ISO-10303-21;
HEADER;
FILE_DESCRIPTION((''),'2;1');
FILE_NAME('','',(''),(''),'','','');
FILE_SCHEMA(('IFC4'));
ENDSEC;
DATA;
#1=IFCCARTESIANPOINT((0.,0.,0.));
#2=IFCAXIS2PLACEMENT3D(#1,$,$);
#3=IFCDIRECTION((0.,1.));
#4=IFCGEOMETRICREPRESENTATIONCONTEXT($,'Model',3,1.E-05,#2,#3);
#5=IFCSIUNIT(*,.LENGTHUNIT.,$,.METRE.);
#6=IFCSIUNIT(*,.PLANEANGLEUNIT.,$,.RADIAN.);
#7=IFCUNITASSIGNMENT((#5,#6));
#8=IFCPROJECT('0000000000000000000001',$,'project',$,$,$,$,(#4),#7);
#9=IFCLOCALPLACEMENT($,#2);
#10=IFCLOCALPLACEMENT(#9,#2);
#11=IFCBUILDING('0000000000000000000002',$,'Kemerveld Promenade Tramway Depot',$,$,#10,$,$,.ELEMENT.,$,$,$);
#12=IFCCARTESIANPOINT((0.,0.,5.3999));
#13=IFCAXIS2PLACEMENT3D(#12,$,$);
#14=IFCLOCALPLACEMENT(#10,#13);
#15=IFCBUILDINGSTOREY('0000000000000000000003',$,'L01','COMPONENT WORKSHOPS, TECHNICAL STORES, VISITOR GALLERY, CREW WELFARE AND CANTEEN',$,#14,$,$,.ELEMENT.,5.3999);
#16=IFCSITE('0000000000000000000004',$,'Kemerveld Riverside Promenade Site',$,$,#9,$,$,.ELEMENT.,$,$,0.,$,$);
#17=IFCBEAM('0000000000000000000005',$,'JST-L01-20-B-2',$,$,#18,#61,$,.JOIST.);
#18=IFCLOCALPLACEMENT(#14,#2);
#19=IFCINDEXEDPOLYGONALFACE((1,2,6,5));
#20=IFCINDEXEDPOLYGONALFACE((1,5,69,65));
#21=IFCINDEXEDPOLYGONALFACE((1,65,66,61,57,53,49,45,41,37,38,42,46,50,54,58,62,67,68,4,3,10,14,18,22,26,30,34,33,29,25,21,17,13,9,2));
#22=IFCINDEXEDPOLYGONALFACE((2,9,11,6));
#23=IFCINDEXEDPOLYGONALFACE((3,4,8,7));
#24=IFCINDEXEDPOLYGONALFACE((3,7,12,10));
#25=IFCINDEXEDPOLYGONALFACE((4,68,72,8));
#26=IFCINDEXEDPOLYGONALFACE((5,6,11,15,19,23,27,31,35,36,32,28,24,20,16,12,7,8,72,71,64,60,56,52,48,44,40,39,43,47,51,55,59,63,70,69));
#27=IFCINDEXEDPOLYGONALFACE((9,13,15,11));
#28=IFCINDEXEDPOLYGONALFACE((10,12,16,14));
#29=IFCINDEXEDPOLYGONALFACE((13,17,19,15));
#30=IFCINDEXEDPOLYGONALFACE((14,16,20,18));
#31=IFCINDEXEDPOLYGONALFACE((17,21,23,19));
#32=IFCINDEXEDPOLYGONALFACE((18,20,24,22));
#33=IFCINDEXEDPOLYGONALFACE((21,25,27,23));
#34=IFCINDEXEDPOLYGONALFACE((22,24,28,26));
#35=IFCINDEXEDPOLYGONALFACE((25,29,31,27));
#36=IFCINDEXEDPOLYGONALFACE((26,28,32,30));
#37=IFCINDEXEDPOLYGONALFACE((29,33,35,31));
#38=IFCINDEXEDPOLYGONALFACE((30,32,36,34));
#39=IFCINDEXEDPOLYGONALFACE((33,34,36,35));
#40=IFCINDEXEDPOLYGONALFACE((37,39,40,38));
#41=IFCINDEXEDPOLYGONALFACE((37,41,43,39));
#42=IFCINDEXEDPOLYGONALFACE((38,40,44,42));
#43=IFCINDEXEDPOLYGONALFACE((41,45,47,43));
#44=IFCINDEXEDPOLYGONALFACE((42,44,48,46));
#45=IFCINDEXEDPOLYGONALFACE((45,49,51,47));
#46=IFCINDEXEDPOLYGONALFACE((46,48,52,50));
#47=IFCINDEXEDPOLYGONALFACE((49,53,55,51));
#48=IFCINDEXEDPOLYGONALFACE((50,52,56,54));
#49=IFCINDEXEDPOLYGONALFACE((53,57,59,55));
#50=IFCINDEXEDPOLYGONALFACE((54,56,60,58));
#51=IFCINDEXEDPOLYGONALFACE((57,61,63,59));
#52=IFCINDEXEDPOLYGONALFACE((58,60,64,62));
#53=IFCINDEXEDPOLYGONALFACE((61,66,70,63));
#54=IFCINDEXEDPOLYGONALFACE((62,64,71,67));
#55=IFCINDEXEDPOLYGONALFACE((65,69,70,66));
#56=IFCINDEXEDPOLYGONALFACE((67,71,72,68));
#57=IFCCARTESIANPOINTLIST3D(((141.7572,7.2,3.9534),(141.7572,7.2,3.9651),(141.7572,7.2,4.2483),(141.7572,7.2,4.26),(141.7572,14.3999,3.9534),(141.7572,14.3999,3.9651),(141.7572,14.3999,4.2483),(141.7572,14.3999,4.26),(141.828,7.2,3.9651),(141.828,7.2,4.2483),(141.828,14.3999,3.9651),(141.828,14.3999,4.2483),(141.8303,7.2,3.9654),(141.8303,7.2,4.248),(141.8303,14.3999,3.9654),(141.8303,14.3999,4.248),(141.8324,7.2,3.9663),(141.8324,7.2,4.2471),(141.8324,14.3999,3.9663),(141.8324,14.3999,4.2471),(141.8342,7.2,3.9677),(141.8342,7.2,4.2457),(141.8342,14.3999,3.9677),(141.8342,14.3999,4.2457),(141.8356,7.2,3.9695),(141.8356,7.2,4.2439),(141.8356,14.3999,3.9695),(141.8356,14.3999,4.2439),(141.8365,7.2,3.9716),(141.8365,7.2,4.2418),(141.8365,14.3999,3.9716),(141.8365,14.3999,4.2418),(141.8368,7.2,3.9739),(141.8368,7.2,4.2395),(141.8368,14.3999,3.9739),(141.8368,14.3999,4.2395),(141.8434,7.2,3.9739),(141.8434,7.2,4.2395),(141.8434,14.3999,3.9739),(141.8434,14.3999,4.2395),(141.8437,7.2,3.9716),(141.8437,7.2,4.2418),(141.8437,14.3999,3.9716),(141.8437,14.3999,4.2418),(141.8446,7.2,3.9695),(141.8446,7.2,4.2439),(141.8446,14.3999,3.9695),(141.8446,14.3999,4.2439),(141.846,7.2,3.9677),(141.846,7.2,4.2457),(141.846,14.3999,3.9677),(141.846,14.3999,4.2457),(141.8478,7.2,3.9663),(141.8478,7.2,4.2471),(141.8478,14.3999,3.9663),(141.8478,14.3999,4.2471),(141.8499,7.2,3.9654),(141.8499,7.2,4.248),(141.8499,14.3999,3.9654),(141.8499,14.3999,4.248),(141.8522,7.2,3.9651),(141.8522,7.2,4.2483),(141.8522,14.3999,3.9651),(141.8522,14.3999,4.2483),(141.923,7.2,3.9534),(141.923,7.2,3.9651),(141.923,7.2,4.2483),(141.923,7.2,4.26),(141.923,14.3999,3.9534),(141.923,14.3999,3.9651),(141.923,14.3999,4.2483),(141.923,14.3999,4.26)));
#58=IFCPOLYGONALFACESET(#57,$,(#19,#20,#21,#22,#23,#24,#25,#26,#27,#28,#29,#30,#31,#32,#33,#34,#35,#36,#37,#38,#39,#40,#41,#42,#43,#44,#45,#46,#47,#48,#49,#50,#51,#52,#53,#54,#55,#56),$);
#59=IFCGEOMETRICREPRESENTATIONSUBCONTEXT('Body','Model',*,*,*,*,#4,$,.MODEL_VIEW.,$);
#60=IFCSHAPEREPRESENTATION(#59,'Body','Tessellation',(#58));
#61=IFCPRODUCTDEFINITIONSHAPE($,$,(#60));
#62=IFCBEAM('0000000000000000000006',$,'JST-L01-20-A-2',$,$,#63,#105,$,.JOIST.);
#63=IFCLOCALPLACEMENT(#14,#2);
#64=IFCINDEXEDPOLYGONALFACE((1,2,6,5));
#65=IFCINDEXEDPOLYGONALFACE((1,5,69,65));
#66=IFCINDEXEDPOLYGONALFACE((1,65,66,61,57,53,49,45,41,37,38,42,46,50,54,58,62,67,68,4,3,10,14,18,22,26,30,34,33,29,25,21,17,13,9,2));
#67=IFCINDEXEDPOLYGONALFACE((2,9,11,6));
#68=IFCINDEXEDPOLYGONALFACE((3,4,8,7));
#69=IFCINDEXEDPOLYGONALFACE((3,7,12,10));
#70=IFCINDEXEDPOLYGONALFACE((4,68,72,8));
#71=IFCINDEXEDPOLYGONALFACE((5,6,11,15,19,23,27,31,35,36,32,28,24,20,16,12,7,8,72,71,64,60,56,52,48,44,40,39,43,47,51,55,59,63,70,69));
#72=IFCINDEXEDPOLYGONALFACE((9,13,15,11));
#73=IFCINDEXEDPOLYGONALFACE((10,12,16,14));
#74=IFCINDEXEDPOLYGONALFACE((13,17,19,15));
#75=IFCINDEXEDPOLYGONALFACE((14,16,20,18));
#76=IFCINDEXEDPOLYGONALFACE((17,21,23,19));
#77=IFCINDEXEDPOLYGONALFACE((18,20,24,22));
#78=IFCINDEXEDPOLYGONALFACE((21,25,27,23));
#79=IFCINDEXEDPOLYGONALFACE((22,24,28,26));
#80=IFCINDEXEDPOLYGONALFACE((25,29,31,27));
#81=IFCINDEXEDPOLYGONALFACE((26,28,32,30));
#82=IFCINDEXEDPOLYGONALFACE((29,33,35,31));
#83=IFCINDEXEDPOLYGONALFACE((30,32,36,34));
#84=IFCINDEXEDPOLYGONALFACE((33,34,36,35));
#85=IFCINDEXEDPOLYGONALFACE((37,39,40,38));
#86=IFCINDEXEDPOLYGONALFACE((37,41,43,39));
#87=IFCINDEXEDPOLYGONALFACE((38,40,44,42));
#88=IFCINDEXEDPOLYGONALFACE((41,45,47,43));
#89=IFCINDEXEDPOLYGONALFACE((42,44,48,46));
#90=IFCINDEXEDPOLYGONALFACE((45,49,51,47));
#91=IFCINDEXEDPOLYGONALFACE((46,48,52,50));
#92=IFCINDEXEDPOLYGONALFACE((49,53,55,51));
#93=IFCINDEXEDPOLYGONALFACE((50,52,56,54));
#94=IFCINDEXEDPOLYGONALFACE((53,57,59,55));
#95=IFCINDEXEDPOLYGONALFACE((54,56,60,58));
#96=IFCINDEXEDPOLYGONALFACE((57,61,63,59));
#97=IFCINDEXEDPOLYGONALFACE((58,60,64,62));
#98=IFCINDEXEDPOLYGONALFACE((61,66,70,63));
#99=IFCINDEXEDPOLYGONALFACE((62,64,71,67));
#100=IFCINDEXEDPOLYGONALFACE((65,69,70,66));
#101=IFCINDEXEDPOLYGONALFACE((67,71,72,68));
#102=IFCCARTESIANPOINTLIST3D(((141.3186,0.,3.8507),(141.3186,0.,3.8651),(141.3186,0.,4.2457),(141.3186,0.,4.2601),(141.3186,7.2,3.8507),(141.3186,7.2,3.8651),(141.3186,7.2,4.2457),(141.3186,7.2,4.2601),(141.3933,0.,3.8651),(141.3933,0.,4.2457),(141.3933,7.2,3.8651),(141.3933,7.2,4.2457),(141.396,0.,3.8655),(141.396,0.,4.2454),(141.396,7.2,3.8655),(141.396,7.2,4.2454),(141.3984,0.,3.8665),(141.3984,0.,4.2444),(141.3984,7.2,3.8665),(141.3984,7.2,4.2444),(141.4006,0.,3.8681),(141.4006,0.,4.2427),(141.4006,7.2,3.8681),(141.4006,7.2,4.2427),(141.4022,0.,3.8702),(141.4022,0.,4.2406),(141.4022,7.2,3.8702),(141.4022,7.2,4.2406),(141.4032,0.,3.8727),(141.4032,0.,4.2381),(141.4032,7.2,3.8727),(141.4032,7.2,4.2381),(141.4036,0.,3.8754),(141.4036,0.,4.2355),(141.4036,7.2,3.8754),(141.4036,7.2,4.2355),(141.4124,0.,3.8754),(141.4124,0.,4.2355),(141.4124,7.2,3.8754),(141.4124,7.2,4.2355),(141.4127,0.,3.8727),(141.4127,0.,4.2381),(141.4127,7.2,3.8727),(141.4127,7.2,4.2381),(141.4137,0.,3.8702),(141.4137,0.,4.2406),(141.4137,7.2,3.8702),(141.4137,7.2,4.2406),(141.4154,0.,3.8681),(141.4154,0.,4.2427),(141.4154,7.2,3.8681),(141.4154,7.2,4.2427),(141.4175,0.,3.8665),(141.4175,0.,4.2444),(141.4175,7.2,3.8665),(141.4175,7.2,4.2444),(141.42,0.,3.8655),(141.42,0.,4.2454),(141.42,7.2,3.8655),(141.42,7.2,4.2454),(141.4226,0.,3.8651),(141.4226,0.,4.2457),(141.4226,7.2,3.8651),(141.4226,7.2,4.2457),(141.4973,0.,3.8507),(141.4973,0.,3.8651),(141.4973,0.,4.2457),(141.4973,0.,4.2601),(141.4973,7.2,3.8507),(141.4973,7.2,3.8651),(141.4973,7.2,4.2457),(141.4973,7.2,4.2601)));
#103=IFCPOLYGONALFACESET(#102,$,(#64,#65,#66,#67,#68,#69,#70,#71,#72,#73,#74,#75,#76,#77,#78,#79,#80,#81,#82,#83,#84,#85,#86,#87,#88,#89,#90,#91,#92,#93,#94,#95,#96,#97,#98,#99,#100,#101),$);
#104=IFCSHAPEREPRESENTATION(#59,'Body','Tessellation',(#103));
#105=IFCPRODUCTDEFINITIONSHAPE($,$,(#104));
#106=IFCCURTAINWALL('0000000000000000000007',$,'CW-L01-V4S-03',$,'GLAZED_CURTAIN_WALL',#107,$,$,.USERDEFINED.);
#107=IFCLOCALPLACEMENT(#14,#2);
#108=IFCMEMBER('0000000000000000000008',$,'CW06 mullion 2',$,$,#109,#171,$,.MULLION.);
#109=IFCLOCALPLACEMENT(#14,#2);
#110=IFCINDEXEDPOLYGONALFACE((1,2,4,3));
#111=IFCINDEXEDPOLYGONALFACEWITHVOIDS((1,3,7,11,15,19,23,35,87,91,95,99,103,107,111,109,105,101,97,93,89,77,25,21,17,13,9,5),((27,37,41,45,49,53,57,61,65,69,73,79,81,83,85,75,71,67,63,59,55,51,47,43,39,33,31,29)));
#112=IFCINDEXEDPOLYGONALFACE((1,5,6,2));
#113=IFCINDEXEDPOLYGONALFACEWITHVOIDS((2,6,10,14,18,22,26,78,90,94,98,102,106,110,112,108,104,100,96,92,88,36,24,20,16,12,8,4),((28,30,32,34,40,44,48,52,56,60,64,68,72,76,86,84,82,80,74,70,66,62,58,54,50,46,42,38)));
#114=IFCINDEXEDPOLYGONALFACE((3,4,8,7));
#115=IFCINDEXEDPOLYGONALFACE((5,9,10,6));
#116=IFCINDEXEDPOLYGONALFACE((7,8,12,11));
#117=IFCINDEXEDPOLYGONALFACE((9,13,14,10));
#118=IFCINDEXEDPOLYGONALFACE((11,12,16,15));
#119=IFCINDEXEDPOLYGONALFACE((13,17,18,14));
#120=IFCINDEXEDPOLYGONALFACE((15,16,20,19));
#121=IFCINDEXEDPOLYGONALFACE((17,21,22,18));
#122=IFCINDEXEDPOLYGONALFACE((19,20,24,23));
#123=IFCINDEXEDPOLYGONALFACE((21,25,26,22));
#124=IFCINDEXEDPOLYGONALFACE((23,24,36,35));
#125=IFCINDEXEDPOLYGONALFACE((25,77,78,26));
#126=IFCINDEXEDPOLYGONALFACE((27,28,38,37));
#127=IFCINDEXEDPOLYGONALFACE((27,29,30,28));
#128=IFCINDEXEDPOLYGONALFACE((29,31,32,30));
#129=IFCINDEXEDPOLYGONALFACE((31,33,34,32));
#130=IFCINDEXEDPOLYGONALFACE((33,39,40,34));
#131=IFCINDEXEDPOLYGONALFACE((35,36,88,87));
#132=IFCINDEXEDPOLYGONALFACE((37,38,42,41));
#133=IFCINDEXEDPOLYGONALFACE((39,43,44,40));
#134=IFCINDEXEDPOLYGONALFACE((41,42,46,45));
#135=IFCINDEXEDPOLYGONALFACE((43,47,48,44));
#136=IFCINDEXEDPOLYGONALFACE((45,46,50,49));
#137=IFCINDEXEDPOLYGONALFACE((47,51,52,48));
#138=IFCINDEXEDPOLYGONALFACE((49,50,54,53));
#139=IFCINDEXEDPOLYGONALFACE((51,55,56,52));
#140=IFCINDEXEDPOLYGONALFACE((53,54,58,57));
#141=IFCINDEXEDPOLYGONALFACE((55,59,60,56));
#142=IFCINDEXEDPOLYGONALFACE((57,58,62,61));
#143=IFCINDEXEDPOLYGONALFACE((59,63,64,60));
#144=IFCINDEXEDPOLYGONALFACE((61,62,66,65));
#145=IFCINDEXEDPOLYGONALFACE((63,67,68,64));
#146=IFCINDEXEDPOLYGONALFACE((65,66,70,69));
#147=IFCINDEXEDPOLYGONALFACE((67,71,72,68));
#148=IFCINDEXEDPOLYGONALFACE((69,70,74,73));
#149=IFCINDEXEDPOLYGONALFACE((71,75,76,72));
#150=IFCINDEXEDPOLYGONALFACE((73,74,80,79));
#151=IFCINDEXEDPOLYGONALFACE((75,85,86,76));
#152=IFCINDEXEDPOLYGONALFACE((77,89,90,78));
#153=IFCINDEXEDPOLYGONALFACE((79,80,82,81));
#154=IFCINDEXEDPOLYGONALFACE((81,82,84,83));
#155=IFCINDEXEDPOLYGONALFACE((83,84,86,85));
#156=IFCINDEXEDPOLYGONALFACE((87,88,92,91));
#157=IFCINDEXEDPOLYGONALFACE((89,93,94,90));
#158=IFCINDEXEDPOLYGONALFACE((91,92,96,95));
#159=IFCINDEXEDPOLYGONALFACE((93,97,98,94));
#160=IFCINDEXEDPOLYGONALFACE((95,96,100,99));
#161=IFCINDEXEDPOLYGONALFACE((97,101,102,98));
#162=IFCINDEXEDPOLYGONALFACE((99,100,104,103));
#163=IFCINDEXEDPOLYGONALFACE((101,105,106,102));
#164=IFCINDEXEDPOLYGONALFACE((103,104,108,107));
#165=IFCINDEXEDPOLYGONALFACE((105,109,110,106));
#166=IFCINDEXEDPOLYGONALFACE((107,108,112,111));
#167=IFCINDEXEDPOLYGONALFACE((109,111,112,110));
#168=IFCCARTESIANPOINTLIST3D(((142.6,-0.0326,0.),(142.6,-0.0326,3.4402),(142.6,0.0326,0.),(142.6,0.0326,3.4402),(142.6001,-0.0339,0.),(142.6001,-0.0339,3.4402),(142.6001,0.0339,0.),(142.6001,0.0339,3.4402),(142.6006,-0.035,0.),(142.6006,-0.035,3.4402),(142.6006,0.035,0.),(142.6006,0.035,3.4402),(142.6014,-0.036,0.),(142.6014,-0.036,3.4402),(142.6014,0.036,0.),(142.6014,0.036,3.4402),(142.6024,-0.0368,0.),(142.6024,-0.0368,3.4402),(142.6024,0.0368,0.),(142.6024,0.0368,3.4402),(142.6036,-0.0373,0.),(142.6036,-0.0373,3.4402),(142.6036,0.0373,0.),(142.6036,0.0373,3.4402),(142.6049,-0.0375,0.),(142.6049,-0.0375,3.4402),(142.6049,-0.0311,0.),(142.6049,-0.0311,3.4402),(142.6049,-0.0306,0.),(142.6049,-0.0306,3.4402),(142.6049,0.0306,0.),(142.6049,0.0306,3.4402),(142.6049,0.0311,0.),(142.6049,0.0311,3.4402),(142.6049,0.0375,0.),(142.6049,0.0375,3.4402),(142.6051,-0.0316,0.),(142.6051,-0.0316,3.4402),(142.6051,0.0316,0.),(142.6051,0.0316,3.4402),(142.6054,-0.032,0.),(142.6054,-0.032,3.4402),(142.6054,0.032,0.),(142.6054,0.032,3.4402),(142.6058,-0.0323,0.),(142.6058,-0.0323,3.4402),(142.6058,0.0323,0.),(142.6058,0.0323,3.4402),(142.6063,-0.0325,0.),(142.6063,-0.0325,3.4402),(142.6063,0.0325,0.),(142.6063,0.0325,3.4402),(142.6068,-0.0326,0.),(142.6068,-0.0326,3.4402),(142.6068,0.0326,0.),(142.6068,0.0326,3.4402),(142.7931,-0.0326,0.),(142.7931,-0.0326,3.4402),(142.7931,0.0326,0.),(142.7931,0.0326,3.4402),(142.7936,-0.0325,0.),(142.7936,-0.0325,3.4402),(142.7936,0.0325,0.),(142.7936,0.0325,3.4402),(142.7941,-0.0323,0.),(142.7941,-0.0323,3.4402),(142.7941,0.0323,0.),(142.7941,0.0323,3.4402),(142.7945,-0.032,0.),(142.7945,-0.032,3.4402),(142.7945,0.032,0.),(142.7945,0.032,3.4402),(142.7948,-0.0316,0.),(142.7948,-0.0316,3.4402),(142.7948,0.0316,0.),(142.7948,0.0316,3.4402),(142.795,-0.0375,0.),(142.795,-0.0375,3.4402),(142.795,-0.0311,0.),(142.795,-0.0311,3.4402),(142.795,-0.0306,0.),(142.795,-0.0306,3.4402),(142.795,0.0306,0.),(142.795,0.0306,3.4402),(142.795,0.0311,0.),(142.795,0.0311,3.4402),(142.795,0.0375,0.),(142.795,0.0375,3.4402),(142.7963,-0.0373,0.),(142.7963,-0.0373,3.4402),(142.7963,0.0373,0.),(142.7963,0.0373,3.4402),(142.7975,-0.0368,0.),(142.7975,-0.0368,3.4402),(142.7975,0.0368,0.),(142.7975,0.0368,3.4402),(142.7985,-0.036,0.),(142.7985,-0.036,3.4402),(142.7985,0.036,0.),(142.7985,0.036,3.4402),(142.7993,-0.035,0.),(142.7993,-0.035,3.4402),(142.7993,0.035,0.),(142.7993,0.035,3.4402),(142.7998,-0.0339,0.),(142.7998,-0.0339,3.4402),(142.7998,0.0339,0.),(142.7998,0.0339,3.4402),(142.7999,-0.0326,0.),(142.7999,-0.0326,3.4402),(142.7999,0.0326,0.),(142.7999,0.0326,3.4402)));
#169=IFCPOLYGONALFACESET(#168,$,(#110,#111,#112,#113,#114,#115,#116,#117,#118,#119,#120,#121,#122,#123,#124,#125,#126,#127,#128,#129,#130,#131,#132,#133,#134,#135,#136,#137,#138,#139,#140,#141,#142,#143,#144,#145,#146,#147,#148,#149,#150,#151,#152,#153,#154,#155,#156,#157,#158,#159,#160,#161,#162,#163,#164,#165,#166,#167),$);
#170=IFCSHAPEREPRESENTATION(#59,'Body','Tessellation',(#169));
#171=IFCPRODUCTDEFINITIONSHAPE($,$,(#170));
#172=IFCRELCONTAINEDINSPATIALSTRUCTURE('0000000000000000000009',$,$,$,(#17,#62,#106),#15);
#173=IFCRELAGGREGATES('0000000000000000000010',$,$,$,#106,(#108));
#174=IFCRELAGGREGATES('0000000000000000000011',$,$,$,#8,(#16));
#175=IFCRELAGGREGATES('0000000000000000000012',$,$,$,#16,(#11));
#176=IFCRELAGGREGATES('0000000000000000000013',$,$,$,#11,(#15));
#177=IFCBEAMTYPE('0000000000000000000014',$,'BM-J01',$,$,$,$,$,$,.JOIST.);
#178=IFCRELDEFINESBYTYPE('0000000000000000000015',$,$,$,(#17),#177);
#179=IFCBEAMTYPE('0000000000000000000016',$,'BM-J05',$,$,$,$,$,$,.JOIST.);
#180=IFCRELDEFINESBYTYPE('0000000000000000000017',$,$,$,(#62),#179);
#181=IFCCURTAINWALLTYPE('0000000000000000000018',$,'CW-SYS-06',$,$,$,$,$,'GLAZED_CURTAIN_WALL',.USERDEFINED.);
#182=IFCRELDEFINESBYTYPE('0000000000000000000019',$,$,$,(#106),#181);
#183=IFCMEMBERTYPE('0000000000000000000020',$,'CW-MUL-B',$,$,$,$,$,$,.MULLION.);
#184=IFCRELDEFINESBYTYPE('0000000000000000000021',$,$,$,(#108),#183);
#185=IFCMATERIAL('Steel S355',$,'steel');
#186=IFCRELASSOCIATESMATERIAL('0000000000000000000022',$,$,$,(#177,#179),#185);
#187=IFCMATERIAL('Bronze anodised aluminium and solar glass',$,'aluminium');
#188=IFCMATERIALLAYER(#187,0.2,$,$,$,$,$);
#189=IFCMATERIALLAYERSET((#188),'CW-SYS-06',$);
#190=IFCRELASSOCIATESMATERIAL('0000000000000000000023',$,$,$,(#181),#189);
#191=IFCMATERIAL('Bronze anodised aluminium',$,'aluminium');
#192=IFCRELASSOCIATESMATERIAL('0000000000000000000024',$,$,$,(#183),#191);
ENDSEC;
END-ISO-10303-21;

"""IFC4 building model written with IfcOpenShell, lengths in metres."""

from ifc_helpers import new_model, si_unit, direction, frame, origin, origin_2d, place, context, subcontext, project, spatial, hollow_rectangle, i_section, extrude, material, layer, layer_set, material_profile, profile_set, type_object, element, aggregate, save


model = new_model("IFC4")

# Units and contexts
model_context = context("Model", 3, precision=1e-05, world=origin(), true_north=direction((0.0, 1.0)))
body_context = subcontext(model_context, "Body", "Model", "MODEL_VIEW")
ifc_project = project(units=[si_unit("LENGTHUNIT", "METRE"), si_unit("PLANEANGLEUNIT", "RADIAN")], contexts=[model_context])

# Site, building, storey
site_placement = place(None, origin())
site = spatial("IfcSite", under=ifc_project, at=site_placement, Name="Kemerveld Riverside Promenade Site", CompositionType="ELEMENT", RefElevation=0.0)
building_placement = place(site_placement, origin())
building = spatial("IfcBuilding", under=site, at=building_placement, Name="Kemerveld Promenade Tramway Depot", CompositionType="ELEMENT")
storey_placement = place(building_placement, frame((0.0, 0.0, 5.3999)))
storey = spatial("IfcBuildingStorey", under=building, at=storey_placement, Name="L01", Description="COMPONENT WORKSHOPS, TECHNICAL STORES, VISITOR GALLERY, CREW WELFARE AND CANTEEN", CompositionType="ELEMENT", Elevation=5.3999)

# Beams
ifc_material_1 = material(Name="Steel S355", Category="steel")
ifc_material_profile_1 = material_profile(ifc_material_1, i_section(OverallWidth=0.1658, OverallDepth=0.3066, WebThickness=0.0066, FlangeThickness=0.0117, FilletRadius=0.0088, at=origin_2d()), Name="305x165x46 UB")
ifc_profile_set_1 = profile_set([ifc_material_profile_1], Name="Steel S355")
beam_type_1 = type_object("IfcBeamType", Name="BM-J01", PredefinedType="JOIST", material=ifc_profile_set_1)
beam_1_placement = place(storey_placement, frame((141.8401, 7.2, 4.1067), z_axis=(0.0, 1.0, 0.0), x_axis=(-1.0, 0.0, 0.0)))
element("IfcBeam", 1, at=beam_1_placement, inside=storey, type_object=beam_type_1, Name="JST-L01-20-B-2", PredefinedType="JOIST", context=body_context, shape_type="SweptSolid", body=[
    extrude(i_section(OverallWidth=0.1658, OverallDepth=0.3066, WebThickness=0.0066, FlangeThickness=0.0117, FilletRadius=0.0088, at=origin_2d()), origin(), (0.0, 0.0, 1.0), 7.2),
])
ifc_material_profile_2 = material_profile(ifc_material_1, i_section(OverallWidth=0.1787, OverallDepth=0.4094, WebThickness=0.0088, FlangeThickness=0.0144, FilletRadius=0.0103, at=origin_2d()), Name="406x178x67 UB")
ifc_profile_set_2 = profile_set([ifc_material_profile_2], Name="Steel S355")
beam_type_2 = type_object("IfcBeamType", Name="BM-J05", PredefinedType="JOIST", material=ifc_profile_set_2)
beam_2_placement = place(storey_placement, frame((141.408, 0.0, 4.0554), z_axis=(0.0, 1.0, 0.0), x_axis=(-1.0, 0.0, 0.0)))
element("IfcBeam", 2, at=beam_2_placement, inside=storey, type_object=beam_type_2, Name="JST-L01-20-A-2", PredefinedType="JOIST", context=body_context, shape_type="SweptSolid", body=[
    extrude(i_section(OverallWidth=0.1787, OverallDepth=0.4094, WebThickness=0.0088, FlangeThickness=0.0144, FilletRadius=0.0103, at=origin_2d()), origin(), (0.0, 0.0, 1.0), 7.2),
])

# Curtain wall, member
ifc_material_2 = material(Name="Bronze anodised aluminium and solar glass", Category="aluminium")
ifc_layer_1 = layer(ifc_material_2, 0.2)
ifc_layer_set_1 = layer_set([ifc_layer_1], Name="CW-SYS-06")
curtain_wall_type = type_object("IfcCurtainWallType", Name="CW-SYS-06", ElementType="GLAZED_CURTAIN_WALL", PredefinedType="USERDEFINED", material=ifc_layer_set_1)
curtain_wall_placement = place(storey_placement, origin())
curtain_wall = element("IfcCurtainWall", 3, at=curtain_wall_placement, inside=storey, type_object=curtain_wall_type, Name="CW-L01-V4S-03", ObjectType="GLAZED_CURTAIN_WALL", PredefinedType="USERDEFINED")
ifc_material_3 = material(Name="Bronze anodised aluminium", Category="aluminium")
ifc_material_profile_3 = material_profile(ifc_material_3, hollow_rectangle(XDim=0.075, YDim=0.2, WallThickness=0.0049, InnerFilletRadius=0.002, OuterFilletRadius=0.0049, at=origin_2d()), Name="CW-MUL-200x75")
ifc_profile_set_3 = profile_set([ifc_material_profile_3], Name="Bronze anodised aluminium")
member_type_1 = type_object("IfcMemberType", Name="CW-MUL-B", PredefinedType="MULLION", material=ifc_profile_set_3)
member_1_placement = place(storey_placement, frame((142.7, 0.0, 0.0), z_axis=(0.0, 0.0, 1.0), x_axis=(0.0, -1.0, 0.0)))
member_1 = element("IfcMember", 4, at=member_1_placement, type_object=member_type_1, Name="CW06 mullion 2", PredefinedType="MULLION", context=body_context, shape_type="SweptSolid", body=[
    extrude(hollow_rectangle(XDim=0.075, YDim=0.2, WallThickness=0.0049, InnerFilletRadius=0.002, OuterFilletRadius=0.0049, at=origin_2d()), origin(), (0.0, 0.0, 1.0), 3.4402),
])
aggregate(curtain_wall, [member_1])

save(model, "model.ifc")
